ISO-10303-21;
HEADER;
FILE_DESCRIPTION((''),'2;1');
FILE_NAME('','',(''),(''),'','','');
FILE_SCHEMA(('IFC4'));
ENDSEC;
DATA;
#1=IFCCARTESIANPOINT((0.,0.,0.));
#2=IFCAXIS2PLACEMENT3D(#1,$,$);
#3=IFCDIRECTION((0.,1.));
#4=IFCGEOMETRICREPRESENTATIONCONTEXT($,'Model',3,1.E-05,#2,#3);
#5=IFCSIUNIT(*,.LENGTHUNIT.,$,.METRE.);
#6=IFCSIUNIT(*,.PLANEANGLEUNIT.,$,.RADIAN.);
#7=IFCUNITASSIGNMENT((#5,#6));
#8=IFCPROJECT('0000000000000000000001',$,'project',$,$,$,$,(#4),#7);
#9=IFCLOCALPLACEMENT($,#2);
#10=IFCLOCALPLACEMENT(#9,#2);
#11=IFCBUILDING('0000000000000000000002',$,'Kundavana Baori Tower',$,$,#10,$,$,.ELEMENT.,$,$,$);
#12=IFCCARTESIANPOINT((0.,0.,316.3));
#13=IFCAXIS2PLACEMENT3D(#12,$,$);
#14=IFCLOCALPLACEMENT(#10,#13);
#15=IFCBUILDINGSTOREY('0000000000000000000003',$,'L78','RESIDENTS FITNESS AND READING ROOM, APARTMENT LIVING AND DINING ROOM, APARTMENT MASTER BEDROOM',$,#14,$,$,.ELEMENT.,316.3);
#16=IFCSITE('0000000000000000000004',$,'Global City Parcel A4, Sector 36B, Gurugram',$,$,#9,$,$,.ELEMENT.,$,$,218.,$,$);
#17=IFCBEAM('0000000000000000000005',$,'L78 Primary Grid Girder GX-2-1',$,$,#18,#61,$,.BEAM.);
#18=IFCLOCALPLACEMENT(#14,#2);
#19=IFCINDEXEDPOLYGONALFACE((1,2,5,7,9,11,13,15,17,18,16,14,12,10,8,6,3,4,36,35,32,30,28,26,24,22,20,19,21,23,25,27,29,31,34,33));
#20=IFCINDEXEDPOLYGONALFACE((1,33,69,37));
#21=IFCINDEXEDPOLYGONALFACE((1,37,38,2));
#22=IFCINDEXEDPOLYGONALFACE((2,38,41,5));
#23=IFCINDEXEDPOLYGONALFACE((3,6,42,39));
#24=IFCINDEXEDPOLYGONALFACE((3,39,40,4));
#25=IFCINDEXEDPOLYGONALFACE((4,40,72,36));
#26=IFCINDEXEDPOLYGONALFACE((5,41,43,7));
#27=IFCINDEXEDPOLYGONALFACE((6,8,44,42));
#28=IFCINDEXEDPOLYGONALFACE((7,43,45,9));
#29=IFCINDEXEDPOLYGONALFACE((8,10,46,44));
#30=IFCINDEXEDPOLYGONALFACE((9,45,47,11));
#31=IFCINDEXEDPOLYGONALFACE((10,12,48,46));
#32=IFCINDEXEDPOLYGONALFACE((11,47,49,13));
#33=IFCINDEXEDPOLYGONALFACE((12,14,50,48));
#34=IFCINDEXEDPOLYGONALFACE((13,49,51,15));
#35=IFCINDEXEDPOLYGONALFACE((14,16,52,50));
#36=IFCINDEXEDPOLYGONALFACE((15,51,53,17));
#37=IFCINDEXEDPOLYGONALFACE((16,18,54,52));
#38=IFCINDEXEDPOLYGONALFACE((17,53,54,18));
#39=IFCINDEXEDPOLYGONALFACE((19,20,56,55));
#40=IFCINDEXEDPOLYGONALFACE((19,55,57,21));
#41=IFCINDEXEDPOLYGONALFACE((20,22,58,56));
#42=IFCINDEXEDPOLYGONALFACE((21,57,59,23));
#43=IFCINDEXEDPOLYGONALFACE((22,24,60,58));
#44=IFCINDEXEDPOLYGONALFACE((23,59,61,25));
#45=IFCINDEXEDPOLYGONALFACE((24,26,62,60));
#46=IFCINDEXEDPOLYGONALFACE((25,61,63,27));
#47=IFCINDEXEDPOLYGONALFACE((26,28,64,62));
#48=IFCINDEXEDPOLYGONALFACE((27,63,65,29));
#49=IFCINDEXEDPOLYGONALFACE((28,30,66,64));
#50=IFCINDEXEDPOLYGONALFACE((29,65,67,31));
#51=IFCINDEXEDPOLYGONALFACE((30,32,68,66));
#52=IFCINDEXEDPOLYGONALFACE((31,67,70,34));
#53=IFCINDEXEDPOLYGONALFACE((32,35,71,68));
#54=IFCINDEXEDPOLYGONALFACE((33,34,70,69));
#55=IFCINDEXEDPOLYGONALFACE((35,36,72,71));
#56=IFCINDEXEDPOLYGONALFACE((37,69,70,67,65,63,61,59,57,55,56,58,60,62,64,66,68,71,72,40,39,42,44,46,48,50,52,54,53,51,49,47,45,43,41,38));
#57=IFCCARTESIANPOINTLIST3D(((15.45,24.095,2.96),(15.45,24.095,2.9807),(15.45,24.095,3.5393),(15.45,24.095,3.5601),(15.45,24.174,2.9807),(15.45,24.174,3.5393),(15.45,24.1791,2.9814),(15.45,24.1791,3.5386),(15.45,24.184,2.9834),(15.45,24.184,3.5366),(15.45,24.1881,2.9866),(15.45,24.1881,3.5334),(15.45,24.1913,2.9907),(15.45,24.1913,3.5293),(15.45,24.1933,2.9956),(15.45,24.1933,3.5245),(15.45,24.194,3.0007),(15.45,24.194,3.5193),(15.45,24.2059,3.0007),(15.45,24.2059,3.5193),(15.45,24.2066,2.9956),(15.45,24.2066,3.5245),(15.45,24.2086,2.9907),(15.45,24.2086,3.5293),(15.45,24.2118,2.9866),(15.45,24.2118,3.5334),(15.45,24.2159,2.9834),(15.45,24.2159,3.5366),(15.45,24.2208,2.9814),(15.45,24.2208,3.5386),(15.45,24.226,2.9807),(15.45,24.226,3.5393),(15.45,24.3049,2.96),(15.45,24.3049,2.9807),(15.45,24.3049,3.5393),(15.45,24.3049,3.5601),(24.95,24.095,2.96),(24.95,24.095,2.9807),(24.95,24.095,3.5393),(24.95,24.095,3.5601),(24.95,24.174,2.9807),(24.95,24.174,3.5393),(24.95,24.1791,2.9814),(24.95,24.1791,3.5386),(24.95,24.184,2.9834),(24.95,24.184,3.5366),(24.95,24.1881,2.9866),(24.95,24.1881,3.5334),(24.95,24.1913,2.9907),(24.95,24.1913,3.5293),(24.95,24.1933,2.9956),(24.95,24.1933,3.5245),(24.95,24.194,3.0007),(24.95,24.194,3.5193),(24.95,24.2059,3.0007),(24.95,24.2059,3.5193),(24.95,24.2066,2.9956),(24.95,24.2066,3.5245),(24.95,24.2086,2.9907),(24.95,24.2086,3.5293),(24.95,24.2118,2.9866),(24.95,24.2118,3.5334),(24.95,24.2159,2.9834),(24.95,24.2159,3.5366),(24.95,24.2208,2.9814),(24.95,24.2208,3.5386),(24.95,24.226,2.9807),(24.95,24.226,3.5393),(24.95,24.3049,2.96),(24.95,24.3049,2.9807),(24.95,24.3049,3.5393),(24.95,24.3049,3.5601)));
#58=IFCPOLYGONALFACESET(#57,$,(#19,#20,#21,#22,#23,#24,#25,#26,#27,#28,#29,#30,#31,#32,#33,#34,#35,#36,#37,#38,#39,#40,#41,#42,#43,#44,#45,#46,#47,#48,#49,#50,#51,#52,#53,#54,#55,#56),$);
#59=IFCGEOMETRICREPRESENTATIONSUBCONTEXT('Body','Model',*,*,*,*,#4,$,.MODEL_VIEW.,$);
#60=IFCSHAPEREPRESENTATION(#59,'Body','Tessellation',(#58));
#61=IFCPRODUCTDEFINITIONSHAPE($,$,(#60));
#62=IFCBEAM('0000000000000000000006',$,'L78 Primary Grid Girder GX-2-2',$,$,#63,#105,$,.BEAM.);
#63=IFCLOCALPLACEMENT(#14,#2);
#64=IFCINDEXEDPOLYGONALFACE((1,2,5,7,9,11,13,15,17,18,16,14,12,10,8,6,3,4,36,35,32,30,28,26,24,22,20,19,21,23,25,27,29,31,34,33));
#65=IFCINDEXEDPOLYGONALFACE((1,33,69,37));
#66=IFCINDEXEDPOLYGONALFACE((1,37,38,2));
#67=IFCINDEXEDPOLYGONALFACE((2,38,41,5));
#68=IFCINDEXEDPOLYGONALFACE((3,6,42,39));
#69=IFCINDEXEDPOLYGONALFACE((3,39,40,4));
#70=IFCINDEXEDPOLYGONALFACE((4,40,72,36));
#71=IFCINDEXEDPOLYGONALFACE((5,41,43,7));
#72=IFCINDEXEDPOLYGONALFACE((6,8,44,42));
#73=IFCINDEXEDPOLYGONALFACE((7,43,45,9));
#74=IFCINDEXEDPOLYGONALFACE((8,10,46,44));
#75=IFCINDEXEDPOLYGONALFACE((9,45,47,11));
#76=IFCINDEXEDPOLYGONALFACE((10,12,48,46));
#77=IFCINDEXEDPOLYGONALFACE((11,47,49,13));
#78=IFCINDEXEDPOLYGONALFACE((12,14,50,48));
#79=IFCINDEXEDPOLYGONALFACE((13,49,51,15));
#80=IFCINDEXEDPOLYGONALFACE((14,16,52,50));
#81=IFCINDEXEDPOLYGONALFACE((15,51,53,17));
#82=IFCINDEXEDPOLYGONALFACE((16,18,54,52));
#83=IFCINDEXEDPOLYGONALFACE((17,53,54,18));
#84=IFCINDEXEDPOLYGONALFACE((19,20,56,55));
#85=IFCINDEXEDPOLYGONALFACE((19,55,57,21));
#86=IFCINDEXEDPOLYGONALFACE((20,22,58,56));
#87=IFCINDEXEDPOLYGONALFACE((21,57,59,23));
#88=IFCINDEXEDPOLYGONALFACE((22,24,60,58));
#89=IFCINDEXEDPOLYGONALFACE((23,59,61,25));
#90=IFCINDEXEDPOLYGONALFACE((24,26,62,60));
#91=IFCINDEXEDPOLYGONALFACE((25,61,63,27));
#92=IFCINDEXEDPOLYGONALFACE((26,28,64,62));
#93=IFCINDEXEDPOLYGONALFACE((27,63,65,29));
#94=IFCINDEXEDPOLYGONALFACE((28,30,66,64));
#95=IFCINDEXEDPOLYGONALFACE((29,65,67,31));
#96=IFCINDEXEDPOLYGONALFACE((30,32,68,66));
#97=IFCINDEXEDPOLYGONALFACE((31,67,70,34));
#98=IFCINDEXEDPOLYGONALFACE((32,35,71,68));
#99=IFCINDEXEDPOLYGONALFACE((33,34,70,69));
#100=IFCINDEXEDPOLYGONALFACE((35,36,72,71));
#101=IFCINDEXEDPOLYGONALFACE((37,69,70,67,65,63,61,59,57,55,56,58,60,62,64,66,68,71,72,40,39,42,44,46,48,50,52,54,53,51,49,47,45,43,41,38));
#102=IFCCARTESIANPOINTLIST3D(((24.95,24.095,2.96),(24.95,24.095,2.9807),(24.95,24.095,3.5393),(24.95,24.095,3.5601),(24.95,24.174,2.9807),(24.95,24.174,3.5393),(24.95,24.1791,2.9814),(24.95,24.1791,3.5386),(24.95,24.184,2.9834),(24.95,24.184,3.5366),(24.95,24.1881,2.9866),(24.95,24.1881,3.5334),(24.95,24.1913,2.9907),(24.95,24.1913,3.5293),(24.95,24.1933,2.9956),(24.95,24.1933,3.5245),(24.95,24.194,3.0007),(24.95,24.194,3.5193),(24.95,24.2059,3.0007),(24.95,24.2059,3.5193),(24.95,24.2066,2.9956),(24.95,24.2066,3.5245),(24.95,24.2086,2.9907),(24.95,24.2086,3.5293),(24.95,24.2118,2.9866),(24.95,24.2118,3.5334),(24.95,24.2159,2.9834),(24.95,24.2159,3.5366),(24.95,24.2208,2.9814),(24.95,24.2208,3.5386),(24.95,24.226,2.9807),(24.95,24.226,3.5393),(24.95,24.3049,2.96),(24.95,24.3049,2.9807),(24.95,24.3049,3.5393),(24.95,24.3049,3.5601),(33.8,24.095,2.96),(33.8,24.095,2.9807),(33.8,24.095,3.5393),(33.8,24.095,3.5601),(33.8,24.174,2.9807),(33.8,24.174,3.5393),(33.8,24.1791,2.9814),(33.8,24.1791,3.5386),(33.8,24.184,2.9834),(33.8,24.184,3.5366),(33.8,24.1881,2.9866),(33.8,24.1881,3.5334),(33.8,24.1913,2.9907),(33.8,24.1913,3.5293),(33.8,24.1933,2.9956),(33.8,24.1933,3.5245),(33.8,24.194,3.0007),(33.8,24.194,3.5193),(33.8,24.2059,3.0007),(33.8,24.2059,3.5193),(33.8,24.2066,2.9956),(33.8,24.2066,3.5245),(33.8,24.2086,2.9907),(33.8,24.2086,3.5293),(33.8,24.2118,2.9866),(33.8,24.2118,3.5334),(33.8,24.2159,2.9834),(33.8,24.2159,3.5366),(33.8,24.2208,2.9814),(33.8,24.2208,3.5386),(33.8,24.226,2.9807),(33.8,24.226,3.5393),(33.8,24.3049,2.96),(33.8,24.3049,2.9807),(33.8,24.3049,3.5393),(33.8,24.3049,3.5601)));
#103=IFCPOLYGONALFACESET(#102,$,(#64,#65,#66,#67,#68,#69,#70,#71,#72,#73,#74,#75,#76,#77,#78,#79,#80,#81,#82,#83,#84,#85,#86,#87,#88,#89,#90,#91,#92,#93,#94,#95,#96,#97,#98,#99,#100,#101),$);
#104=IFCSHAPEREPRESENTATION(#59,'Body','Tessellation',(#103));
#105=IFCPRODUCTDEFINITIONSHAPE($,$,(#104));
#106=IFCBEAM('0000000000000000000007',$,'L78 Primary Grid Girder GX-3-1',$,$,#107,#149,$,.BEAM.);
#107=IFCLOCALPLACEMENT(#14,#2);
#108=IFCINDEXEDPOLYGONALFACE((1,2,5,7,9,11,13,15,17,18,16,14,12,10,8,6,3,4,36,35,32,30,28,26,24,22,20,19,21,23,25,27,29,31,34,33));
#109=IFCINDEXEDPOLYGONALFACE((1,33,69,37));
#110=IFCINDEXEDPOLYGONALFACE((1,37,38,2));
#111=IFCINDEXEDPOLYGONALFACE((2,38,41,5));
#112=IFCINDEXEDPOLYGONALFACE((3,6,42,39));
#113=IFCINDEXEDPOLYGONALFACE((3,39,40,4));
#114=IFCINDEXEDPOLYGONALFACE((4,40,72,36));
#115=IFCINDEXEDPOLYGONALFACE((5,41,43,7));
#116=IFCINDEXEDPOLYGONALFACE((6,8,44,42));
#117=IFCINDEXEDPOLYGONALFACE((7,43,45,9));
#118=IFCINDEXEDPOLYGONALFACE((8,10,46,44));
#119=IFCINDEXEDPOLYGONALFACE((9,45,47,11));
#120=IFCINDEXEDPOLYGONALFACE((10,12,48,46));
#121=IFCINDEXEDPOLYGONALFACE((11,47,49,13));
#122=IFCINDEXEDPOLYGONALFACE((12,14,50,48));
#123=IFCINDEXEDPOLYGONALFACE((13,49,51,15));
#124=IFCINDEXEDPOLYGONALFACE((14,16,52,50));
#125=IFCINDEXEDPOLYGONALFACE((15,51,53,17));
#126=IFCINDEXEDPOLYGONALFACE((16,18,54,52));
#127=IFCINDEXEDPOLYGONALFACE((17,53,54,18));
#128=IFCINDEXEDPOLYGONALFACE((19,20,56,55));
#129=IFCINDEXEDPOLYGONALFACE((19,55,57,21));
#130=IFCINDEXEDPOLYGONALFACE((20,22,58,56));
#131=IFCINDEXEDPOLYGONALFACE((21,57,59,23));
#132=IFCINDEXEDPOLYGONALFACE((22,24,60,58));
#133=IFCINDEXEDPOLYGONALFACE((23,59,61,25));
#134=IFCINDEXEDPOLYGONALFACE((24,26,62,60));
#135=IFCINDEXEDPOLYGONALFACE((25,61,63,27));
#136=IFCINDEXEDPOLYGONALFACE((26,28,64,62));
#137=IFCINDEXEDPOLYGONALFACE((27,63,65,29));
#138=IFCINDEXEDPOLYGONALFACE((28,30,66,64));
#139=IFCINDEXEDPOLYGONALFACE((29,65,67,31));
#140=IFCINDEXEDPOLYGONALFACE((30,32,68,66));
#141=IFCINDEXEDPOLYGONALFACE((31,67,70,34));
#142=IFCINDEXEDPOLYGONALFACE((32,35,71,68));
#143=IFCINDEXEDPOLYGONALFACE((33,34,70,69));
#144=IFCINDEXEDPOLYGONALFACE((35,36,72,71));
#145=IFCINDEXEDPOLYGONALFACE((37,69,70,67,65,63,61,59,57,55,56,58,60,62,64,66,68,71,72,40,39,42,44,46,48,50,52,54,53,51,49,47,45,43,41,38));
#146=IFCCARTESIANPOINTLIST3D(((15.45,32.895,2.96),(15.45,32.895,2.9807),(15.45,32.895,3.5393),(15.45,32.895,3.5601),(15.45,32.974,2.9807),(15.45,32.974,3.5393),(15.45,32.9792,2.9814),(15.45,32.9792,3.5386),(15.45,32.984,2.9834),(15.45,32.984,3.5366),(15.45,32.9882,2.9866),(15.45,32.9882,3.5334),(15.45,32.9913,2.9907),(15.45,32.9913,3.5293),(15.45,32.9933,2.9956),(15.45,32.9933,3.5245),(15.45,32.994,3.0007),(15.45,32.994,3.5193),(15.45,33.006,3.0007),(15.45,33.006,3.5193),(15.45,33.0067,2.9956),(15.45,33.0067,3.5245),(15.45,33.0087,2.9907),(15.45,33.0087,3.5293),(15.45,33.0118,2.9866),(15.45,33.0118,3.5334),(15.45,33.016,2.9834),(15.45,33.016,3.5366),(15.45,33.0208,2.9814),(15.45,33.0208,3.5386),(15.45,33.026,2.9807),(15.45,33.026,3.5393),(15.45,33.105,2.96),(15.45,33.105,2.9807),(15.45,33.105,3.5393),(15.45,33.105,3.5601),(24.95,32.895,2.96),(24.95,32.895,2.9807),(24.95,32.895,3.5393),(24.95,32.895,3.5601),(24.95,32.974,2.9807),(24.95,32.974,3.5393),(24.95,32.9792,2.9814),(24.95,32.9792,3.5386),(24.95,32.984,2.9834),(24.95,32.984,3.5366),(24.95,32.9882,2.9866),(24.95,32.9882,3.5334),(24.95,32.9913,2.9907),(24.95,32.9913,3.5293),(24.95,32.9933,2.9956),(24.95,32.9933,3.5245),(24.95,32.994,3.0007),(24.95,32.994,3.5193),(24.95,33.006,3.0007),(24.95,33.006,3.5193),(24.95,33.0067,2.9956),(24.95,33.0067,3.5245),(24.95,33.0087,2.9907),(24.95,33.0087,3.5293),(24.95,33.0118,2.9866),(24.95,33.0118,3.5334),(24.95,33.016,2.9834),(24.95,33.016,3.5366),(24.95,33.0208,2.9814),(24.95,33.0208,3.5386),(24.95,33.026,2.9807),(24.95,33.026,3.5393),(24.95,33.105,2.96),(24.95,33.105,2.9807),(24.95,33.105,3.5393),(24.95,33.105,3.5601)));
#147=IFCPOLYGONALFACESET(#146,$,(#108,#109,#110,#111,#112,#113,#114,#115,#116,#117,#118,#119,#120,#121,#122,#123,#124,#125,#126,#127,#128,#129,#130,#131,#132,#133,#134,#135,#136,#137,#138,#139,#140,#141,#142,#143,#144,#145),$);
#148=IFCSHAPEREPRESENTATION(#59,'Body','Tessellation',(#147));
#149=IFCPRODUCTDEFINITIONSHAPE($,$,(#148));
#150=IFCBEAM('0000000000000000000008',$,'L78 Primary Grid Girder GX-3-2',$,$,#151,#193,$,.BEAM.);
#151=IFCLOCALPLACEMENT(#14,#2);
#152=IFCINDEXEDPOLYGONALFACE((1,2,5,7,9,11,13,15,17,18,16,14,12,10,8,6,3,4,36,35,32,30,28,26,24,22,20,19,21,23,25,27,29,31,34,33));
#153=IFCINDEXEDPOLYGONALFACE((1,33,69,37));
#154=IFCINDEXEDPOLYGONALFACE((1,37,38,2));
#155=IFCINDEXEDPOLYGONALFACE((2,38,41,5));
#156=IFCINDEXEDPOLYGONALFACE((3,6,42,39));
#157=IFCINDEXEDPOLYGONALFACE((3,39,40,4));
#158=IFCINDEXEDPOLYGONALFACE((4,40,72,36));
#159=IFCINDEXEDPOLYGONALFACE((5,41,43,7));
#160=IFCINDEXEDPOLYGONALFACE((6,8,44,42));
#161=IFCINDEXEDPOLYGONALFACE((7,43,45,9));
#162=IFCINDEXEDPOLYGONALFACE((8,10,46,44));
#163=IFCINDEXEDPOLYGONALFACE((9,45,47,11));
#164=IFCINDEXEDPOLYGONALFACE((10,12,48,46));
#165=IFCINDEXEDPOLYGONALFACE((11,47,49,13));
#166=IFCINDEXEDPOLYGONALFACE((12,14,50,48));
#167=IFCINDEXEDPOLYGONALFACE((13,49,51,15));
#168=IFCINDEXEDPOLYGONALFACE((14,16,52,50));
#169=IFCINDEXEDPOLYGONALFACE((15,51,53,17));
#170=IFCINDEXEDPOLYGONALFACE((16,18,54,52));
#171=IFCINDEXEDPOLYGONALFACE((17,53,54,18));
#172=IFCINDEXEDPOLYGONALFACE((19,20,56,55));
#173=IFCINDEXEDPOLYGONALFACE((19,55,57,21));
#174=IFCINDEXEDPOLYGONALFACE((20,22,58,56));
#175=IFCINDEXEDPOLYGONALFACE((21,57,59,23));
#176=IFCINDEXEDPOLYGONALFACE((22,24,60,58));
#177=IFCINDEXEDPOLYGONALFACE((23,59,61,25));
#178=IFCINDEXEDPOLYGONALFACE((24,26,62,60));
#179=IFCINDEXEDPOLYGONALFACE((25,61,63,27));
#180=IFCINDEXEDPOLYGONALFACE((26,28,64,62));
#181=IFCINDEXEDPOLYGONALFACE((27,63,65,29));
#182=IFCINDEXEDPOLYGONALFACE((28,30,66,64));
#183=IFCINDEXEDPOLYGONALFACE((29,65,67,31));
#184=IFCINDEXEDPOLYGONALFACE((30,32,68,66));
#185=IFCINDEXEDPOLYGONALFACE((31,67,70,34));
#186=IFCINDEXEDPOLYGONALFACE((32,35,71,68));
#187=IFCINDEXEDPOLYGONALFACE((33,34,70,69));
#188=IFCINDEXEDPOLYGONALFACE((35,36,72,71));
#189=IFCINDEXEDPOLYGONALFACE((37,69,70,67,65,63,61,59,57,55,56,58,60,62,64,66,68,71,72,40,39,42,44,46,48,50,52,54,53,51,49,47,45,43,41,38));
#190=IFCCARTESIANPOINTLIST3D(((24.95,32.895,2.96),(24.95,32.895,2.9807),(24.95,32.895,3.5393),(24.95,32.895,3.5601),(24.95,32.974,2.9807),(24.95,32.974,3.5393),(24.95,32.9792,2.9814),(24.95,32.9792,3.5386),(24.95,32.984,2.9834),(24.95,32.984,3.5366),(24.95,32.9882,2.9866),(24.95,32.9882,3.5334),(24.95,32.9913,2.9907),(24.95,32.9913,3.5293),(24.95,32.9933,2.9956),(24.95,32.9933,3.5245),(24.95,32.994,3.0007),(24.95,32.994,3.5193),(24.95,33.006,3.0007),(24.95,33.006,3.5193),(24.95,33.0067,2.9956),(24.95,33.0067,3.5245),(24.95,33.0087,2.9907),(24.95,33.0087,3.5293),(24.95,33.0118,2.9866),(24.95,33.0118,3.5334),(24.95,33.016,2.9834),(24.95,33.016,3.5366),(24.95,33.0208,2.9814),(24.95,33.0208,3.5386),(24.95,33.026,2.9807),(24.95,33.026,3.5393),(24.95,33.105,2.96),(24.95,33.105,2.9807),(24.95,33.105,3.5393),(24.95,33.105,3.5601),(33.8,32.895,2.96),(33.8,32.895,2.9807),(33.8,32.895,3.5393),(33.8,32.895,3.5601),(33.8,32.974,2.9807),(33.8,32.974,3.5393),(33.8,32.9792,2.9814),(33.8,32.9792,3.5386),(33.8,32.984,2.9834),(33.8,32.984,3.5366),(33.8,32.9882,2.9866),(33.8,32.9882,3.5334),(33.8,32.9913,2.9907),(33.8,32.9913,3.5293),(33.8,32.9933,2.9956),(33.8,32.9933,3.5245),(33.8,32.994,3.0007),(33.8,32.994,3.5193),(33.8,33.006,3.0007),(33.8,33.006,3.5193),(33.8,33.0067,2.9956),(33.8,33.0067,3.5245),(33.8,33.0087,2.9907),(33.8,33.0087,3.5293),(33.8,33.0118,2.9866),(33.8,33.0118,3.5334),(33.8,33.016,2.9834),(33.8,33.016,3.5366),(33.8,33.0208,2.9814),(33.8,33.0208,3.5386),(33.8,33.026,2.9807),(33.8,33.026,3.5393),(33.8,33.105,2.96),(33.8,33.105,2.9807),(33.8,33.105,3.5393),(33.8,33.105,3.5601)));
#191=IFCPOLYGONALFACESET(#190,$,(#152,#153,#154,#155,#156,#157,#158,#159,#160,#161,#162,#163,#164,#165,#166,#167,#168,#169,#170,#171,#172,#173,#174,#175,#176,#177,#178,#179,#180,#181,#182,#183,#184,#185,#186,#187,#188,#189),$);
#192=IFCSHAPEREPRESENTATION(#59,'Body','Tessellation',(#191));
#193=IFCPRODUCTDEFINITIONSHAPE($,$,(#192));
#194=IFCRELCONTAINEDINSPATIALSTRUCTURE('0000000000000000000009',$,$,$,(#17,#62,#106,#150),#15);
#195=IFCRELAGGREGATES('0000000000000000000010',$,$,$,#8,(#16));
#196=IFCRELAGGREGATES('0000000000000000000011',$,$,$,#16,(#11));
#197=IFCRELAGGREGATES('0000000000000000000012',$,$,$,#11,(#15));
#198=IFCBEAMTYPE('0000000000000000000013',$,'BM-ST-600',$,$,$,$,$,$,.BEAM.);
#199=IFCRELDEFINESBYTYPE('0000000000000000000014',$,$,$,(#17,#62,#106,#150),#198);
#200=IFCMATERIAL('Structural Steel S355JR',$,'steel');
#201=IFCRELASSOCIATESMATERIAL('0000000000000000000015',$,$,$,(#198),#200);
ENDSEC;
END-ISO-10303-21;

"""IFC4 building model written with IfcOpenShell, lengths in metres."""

from ifc_helpers import new_model, si_unit, direction, frame, origin, origin_2d, place, context, subcontext, project, spatial, i_section, extrude, material, material_profile, profile_set, type_object, element, save


model = new_model("IFC4")

# Units and contexts
model_context = context("Model", 3, precision=1e-05, world=origin(), true_north=direction((0.0, 1.0)))
body_context = subcontext(model_context, "Body", "Model", "MODEL_VIEW")
ifc_project = project(units=[si_unit("LENGTHUNIT", "METRE"), si_unit("PLANEANGLEUNIT", "RADIAN")], contexts=[model_context])

# Site, building, storey
site_placement = place(None, origin())
site = spatial("IfcSite", under=ifc_project, at=site_placement, Name="Global City Parcel A4, Sector 36B, Gurugram", CompositionType="ELEMENT", RefElevation=218.0)
building_placement = place(site_placement, origin())
building = spatial("IfcBuilding", under=site, at=building_placement, Name="Kundavana Baori Tower", CompositionType="ELEMENT")
storey_placement = place(building_placement, frame((0.0, 0.0, 316.3)))
storey = spatial("IfcBuildingStorey", under=building, at=storey_placement, Name="L78", Description="RESIDENTS FITNESS AND READING ROOM, APARTMENT LIVING AND DINING ROOM, APARTMENT MASTER BEDROOM", CompositionType="ELEMENT", Elevation=316.3)

# Beams
ifc_material_1 = material(Name="Structural Steel S355JR", Category="steel")
ifc_material_profile_1 = material_profile(ifc_material_1, i_section(OverallWidth=0.21, OverallDepth=0.6001, WebThickness=0.012, FlangeThickness=0.0208, FilletRadius=0.02, at=origin_2d()), Name="ISMB 600")
ifc_profile_set_1 = profile_set([ifc_material_profile_1], Name="Structural Steel S355JR")
beam_type_1 = type_object("IfcBeamType", Name="BM-ST-600", PredefinedType="BEAM", material=ifc_profile_set_1)
beam_1_placement = place(storey_placement, frame((15.45, 24.2, 3.26), z_axis=(1.0, 0.0, 0.0), x_axis=(0.0, 1.0, 0.0)))
element("IfcBeam", 1, at=beam_1_placement, inside=storey, type_object=beam_type_1, Name="L78 Primary Grid Girder GX-2-1", PredefinedType="BEAM", context=body_context, shape_type="SweptSolid", body=[
    extrude(i_section(OverallWidth=0.21, OverallDepth=0.6001, WebThickness=0.012, FlangeThickness=0.0208, FilletRadius=0.02, at=origin_2d()), origin(), (0.0, 0.0, 1.0), 9.5),
])
beam_2_placement = place(storey_placement, frame((24.95, 24.2, 3.26), z_axis=(1.0, 0.0, 0.0), x_axis=(0.0, 1.0, 0.0)))
element("IfcBeam", 2, at=beam_2_placement, inside=storey, type_object=beam_type_1, Name="L78 Primary Grid Girder GX-2-2", PredefinedType="BEAM", context=body_context, shape_type="SweptSolid", body=[
    extrude(i_section(OverallWidth=0.21, OverallDepth=0.6001, WebThickness=0.012, FlangeThickness=0.0208, FilletRadius=0.02, at=origin_2d()), origin(), (0.0, 0.0, 1.0), 8.8501),
])
beam_3_placement = place(storey_placement, frame((15.45, 33.0, 3.26), z_axis=(1.0, 0.0, 0.0), x_axis=(0.0, 1.0, 0.0)))
element("IfcBeam", 3, at=beam_3_placement, inside=storey, type_object=beam_type_1, Name="L78 Primary Grid Girder GX-3-1", PredefinedType="BEAM", context=body_context, shape_type="SweptSolid", body=[
    extrude(i_section(OverallWidth=0.21, OverallDepth=0.6001, WebThickness=0.012, FlangeThickness=0.0208, FilletRadius=0.02, at=origin_2d()), origin(), (0.0, 0.0, 1.0), 9.5),
])
beam_4_placement = place(storey_placement, frame((24.95, 33.0, 3.26), z_axis=(1.0, 0.0, 0.0), x_axis=(0.0, 1.0, 0.0)))
element("IfcBeam", 4, at=beam_4_placement, inside=storey, type_object=beam_type_1, Name="L78 Primary Grid Girder GX-3-2", PredefinedType="BEAM", context=body_context, shape_type="SweptSolid", body=[
    extrude(i_section(OverallWidth=0.21, OverallDepth=0.6001, WebThickness=0.012, FlangeThickness=0.0208, FilletRadius=0.02, at=origin_2d()), origin(), (0.0, 0.0, 1.0), 8.8501),
])

save(model, "model.ifc")
